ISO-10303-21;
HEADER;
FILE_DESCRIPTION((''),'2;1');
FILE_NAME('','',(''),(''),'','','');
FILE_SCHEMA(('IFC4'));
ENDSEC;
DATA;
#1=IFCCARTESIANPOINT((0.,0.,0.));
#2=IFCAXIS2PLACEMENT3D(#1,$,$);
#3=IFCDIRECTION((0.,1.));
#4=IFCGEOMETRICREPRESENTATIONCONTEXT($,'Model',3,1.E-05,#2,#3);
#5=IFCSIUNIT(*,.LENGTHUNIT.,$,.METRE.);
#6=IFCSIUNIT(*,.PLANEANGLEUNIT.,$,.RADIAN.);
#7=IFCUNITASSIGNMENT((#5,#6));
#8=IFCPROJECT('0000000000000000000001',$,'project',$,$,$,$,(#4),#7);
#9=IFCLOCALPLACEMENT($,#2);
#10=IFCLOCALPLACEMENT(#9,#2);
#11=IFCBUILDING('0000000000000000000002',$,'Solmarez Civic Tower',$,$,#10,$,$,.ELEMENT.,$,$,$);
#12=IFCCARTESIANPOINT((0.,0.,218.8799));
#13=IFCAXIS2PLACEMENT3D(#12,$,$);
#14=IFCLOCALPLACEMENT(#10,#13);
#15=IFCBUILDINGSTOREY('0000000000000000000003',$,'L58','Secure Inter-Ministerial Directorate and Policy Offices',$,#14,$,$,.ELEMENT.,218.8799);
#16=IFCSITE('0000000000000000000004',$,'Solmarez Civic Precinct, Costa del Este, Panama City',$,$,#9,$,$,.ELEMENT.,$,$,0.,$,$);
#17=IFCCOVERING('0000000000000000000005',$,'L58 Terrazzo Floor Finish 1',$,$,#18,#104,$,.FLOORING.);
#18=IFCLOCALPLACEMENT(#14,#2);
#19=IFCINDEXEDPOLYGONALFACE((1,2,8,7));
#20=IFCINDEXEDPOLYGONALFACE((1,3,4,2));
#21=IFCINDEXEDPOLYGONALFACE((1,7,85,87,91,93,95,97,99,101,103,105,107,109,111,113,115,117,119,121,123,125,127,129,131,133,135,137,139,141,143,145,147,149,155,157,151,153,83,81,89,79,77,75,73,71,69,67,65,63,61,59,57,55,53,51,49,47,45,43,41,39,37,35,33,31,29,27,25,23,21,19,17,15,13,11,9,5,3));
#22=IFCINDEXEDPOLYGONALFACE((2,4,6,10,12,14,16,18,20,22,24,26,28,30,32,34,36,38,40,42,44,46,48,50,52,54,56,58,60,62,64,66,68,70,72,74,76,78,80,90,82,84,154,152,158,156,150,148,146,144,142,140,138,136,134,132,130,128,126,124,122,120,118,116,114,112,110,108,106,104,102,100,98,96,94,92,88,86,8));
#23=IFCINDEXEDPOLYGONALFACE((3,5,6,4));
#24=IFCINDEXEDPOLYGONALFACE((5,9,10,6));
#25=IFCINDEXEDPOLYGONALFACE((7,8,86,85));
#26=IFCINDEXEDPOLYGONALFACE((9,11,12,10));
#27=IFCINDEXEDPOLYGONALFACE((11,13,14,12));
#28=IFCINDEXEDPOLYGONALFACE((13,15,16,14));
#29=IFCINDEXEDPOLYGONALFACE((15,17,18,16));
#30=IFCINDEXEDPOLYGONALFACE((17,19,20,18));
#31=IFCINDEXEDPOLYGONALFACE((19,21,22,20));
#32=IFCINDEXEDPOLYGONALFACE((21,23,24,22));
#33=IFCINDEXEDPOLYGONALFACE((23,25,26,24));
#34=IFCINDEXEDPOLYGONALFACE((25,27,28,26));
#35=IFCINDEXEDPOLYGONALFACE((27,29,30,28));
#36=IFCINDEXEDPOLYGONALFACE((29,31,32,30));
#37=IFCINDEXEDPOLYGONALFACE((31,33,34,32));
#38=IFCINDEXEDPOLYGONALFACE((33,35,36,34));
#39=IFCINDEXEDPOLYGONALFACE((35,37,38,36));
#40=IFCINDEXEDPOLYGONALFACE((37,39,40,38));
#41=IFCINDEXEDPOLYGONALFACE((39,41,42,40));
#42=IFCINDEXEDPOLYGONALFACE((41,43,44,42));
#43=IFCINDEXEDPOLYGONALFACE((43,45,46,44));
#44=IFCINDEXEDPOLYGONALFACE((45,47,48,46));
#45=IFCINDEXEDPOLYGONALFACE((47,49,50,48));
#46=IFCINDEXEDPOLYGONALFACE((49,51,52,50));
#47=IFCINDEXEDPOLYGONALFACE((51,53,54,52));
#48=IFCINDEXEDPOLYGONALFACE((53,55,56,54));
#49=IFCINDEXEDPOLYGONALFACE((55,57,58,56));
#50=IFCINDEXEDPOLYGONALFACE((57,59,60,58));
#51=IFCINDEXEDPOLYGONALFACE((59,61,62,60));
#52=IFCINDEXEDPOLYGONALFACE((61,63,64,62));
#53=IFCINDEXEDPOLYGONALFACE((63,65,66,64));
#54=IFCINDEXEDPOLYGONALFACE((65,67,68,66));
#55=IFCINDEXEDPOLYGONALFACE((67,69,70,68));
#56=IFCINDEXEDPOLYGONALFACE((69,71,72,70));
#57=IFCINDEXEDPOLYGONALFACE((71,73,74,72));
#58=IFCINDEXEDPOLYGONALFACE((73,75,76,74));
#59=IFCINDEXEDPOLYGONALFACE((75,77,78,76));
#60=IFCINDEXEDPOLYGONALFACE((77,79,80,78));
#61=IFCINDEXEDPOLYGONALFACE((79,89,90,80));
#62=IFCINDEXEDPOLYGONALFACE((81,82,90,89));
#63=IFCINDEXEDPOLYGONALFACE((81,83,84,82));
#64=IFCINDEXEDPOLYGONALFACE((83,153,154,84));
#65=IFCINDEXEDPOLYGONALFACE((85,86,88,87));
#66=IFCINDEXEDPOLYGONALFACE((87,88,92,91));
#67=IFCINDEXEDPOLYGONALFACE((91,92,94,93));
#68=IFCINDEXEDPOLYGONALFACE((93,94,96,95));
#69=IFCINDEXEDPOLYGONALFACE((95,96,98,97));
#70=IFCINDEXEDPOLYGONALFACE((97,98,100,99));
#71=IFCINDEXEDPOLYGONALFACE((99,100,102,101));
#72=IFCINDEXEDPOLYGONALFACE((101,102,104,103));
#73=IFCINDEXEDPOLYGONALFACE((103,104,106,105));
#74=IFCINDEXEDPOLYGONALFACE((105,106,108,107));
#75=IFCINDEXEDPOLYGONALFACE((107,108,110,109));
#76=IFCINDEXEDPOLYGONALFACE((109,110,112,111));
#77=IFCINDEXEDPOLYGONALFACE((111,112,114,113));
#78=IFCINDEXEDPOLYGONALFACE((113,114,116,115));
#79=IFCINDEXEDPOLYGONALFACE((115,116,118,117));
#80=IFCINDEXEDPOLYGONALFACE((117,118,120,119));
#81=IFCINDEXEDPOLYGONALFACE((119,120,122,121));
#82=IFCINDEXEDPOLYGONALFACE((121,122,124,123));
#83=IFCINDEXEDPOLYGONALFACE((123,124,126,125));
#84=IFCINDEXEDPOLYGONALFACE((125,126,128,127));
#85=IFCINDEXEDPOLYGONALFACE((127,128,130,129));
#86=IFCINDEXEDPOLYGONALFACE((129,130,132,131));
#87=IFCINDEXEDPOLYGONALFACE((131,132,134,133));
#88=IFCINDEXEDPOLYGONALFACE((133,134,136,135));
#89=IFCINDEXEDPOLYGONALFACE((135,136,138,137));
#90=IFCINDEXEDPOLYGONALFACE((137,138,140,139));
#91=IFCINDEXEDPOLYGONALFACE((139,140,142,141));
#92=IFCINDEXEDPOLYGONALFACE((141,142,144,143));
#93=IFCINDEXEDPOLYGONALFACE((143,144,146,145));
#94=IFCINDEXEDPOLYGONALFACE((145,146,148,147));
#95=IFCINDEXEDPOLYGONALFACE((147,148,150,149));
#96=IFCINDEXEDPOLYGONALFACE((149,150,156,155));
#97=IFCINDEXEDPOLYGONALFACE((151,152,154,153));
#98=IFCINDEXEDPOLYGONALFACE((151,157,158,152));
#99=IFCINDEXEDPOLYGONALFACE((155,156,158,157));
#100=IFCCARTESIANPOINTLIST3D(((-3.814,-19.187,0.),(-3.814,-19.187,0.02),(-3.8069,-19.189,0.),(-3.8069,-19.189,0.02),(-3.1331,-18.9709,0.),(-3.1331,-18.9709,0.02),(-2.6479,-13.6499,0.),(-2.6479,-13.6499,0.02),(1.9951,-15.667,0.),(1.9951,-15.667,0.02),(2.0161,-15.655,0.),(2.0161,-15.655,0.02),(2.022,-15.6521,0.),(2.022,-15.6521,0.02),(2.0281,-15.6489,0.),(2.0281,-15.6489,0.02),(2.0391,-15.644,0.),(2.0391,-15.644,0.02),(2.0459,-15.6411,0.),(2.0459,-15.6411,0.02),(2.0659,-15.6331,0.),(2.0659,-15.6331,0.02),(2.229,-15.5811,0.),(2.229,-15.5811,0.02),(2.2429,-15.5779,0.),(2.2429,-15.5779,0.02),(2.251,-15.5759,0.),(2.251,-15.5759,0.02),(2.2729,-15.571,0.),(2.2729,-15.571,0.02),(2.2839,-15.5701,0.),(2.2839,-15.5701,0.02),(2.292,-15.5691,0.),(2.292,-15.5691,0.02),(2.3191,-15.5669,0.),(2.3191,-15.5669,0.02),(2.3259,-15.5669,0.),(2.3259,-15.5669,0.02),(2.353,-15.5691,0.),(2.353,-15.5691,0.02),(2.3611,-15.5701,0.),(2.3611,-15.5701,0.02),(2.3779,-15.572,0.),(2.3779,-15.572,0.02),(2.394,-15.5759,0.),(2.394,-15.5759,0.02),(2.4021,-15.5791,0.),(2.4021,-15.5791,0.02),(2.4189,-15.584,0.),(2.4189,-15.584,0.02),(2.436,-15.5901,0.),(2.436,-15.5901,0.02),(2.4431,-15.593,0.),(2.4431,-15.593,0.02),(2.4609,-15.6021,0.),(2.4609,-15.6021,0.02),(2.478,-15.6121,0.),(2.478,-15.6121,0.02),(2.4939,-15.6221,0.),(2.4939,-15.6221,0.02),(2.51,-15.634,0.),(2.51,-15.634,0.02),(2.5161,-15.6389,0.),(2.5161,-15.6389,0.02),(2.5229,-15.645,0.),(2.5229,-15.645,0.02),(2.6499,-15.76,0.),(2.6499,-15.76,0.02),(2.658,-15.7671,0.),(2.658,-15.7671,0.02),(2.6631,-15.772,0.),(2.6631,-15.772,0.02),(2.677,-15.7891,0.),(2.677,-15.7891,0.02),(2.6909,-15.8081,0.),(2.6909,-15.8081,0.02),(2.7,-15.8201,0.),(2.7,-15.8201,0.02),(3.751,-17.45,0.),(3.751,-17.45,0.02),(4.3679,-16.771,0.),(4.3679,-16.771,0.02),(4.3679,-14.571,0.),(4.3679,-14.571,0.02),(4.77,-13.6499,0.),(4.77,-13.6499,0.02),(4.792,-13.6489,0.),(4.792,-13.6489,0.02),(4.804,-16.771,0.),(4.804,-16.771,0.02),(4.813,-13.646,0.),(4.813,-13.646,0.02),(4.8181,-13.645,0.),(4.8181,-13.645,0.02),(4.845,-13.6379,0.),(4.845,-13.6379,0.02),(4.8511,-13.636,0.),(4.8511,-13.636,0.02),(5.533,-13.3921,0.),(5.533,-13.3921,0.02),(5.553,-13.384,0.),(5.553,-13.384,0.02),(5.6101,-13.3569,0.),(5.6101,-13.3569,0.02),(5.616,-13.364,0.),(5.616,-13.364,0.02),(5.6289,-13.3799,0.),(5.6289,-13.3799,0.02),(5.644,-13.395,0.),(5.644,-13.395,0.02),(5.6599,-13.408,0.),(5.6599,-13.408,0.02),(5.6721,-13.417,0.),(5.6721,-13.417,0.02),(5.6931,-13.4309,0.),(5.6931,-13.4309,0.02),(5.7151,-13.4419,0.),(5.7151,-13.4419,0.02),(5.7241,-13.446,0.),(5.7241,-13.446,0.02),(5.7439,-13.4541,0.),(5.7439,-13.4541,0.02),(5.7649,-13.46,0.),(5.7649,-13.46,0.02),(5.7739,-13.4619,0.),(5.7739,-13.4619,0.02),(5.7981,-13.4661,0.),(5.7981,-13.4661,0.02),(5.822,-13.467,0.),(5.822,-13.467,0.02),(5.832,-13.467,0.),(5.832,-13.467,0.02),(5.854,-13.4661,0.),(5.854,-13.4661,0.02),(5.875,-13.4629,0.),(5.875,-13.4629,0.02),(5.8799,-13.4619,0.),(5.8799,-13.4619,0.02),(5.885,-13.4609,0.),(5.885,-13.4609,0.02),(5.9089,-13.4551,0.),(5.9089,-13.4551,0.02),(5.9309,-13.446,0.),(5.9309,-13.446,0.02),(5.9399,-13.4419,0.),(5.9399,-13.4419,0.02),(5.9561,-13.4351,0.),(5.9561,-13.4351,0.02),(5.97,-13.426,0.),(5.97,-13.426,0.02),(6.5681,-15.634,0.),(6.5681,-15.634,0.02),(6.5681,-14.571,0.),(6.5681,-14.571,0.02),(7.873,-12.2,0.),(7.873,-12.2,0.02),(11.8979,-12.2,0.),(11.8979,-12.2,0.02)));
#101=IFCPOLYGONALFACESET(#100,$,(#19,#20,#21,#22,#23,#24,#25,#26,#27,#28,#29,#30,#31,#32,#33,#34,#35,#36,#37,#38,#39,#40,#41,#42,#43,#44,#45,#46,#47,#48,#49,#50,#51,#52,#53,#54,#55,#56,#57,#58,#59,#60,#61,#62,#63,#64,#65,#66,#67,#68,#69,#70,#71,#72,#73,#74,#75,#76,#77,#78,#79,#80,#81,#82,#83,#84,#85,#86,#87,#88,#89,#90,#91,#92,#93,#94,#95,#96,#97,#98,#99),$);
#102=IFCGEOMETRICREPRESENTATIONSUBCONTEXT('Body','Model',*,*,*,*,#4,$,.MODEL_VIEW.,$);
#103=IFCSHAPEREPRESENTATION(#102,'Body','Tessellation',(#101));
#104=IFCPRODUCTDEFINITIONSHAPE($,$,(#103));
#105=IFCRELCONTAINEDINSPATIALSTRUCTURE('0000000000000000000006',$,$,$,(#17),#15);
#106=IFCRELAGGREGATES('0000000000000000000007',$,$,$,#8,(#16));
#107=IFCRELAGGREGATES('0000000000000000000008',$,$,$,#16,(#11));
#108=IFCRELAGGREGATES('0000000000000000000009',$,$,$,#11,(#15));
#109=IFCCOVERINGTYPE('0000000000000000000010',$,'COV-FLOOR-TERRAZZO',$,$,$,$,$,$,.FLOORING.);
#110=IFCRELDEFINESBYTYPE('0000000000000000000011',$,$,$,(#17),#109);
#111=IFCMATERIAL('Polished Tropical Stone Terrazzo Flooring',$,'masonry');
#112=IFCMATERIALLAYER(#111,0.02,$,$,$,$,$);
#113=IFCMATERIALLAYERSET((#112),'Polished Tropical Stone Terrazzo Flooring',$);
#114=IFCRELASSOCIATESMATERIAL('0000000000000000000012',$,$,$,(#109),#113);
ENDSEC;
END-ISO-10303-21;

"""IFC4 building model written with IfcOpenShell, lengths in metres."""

from ifc_helpers import new_model, si_unit, direction, frame, origin, place, context, subcontext, project, spatial, polyline, outline, extrude, material, layer, layer_set, type_object, element, save


model = new_model("IFC4")

# Units and contexts
model_context = context("Model", 3, precision=1e-05, world=origin(), true_north=direction((0.0, 1.0)))
body_context = subcontext(model_context, "Body", "Model", "MODEL_VIEW")
ifc_project = project(units=[si_unit("LENGTHUNIT", "METRE"), si_unit("PLANEANGLEUNIT", "RADIAN")], contexts=[model_context])

# Site, building, storey
site_placement = place(None, origin())
site = spatial("IfcSite", under=ifc_project, at=site_placement, Name="Solmarez Civic Precinct, Costa del Este, Panama City", CompositionType="ELEMENT", RefElevation=0.0)
building_placement = place(site_placement, origin())
building = spatial("IfcBuilding", under=site, at=building_placement, Name="Solmarez Civic Tower", CompositionType="ELEMENT")
storey_placement = place(building_placement, frame((0.0, 0.0, 218.8799)))
storey = spatial("IfcBuildingStorey", under=building, at=storey_placement, Name="L58", Description="Secure Inter-Ministerial Directorate and Policy Offices", CompositionType="ELEMENT", Elevation=218.8799)

# Covering
ifc_material_1 = material(Name="Polished Tropical Stone Terrazzo Flooring", Category="masonry")
ifc_layer_1 = layer(ifc_material_1, 0.02)
ifc_layer_set_1 = layer_set([ifc_layer_1], Name="Polished Tropical Stone Terrazzo Flooring")
covering_type_1 = type_object("IfcCoveringType", Name="COV-FLOOR-TERRAZZO", PredefinedType="FLOORING", material=ifc_layer_set_1)
covering_1_placement = place(storey_placement, origin())
element("IfcCovering", 1, at=covering_1_placement, inside=storey, type_object=covering_type_1, Name="L58 Terrazzo Floor Finish 1", PredefinedType="FLOORING", context=body_context, shape_type="SweptSolid", body=[
    extrude(outline(polyline([(2.478, -15.6121), (2.4939, -15.6221), (2.51, -15.634), (2.5161, -15.6389), (2.5229, -15.645), (2.6499, -15.76), (2.658, -15.7671), (2.6631, -15.772), (2.677, -15.7891), (2.6909, -15.8081), (2.7, -15.8201), (3.751, -17.45), (4.804, -16.771), (4.3679, -16.771), (4.3679, -14.571), (6.5681, -14.571), (6.5681, -15.634), (11.8979, -12.2), (7.873, -12.2), (5.97, -13.426), (5.9561, -13.4351), (5.9399, -13.4419), (5.9309, -13.446), (5.9089, -13.4551), (5.885, -13.4609), (5.8799, -13.4619), (5.875, -13.4629), (5.854, -13.4661), (5.832, -13.467), (5.822, -13.467), (5.7981, -13.4661), (5.7739, -13.4619), (5.7649, -13.46), (5.7439, -13.4541), (5.7241, -13.446), (5.7151, -13.4419), (5.6931, -13.4309), (5.6721, -13.417), (5.6599, -13.408), (5.644, -13.395), (5.6289, -13.3799), (5.616, -13.364), (5.6101, -13.3569), (5.553, -13.384), (5.533, -13.3921), (4.8511, -13.636), (4.845, -13.6379), (4.8181, -13.645), (4.813, -13.646), (4.792, -13.6489), (4.77, -13.6499), (-2.6479, -13.6499), (-3.814, -19.187), (-3.8069, -19.189), (-3.1331, -18.9709), (1.9951, -15.667), (2.0161, -15.655), (2.022, -15.6521), (2.0281, -15.6489), (2.0391, -15.644), (2.0459, -15.6411), (2.0659, -15.6331), (2.229, -15.5811), (2.2429, -15.5779), (2.251, -15.5759), (2.2729, -15.571), (2.2839, -15.5701), (2.292, -15.5691), (2.3191, -15.5669), (2.3259, -15.5669), (2.353, -15.5691), (2.3611, -15.5701), (2.3779, -15.572), (2.394, -15.5759), (2.4021, -15.5791), (2.4189, -15.584), (2.436, -15.5901), (2.4431, -15.593), (2.4609, -15.6021), (2.478, -15.6121)])), origin(), (0.0, 0.0, 1.0), 0.02),
])

save(model, "model.ifc")
